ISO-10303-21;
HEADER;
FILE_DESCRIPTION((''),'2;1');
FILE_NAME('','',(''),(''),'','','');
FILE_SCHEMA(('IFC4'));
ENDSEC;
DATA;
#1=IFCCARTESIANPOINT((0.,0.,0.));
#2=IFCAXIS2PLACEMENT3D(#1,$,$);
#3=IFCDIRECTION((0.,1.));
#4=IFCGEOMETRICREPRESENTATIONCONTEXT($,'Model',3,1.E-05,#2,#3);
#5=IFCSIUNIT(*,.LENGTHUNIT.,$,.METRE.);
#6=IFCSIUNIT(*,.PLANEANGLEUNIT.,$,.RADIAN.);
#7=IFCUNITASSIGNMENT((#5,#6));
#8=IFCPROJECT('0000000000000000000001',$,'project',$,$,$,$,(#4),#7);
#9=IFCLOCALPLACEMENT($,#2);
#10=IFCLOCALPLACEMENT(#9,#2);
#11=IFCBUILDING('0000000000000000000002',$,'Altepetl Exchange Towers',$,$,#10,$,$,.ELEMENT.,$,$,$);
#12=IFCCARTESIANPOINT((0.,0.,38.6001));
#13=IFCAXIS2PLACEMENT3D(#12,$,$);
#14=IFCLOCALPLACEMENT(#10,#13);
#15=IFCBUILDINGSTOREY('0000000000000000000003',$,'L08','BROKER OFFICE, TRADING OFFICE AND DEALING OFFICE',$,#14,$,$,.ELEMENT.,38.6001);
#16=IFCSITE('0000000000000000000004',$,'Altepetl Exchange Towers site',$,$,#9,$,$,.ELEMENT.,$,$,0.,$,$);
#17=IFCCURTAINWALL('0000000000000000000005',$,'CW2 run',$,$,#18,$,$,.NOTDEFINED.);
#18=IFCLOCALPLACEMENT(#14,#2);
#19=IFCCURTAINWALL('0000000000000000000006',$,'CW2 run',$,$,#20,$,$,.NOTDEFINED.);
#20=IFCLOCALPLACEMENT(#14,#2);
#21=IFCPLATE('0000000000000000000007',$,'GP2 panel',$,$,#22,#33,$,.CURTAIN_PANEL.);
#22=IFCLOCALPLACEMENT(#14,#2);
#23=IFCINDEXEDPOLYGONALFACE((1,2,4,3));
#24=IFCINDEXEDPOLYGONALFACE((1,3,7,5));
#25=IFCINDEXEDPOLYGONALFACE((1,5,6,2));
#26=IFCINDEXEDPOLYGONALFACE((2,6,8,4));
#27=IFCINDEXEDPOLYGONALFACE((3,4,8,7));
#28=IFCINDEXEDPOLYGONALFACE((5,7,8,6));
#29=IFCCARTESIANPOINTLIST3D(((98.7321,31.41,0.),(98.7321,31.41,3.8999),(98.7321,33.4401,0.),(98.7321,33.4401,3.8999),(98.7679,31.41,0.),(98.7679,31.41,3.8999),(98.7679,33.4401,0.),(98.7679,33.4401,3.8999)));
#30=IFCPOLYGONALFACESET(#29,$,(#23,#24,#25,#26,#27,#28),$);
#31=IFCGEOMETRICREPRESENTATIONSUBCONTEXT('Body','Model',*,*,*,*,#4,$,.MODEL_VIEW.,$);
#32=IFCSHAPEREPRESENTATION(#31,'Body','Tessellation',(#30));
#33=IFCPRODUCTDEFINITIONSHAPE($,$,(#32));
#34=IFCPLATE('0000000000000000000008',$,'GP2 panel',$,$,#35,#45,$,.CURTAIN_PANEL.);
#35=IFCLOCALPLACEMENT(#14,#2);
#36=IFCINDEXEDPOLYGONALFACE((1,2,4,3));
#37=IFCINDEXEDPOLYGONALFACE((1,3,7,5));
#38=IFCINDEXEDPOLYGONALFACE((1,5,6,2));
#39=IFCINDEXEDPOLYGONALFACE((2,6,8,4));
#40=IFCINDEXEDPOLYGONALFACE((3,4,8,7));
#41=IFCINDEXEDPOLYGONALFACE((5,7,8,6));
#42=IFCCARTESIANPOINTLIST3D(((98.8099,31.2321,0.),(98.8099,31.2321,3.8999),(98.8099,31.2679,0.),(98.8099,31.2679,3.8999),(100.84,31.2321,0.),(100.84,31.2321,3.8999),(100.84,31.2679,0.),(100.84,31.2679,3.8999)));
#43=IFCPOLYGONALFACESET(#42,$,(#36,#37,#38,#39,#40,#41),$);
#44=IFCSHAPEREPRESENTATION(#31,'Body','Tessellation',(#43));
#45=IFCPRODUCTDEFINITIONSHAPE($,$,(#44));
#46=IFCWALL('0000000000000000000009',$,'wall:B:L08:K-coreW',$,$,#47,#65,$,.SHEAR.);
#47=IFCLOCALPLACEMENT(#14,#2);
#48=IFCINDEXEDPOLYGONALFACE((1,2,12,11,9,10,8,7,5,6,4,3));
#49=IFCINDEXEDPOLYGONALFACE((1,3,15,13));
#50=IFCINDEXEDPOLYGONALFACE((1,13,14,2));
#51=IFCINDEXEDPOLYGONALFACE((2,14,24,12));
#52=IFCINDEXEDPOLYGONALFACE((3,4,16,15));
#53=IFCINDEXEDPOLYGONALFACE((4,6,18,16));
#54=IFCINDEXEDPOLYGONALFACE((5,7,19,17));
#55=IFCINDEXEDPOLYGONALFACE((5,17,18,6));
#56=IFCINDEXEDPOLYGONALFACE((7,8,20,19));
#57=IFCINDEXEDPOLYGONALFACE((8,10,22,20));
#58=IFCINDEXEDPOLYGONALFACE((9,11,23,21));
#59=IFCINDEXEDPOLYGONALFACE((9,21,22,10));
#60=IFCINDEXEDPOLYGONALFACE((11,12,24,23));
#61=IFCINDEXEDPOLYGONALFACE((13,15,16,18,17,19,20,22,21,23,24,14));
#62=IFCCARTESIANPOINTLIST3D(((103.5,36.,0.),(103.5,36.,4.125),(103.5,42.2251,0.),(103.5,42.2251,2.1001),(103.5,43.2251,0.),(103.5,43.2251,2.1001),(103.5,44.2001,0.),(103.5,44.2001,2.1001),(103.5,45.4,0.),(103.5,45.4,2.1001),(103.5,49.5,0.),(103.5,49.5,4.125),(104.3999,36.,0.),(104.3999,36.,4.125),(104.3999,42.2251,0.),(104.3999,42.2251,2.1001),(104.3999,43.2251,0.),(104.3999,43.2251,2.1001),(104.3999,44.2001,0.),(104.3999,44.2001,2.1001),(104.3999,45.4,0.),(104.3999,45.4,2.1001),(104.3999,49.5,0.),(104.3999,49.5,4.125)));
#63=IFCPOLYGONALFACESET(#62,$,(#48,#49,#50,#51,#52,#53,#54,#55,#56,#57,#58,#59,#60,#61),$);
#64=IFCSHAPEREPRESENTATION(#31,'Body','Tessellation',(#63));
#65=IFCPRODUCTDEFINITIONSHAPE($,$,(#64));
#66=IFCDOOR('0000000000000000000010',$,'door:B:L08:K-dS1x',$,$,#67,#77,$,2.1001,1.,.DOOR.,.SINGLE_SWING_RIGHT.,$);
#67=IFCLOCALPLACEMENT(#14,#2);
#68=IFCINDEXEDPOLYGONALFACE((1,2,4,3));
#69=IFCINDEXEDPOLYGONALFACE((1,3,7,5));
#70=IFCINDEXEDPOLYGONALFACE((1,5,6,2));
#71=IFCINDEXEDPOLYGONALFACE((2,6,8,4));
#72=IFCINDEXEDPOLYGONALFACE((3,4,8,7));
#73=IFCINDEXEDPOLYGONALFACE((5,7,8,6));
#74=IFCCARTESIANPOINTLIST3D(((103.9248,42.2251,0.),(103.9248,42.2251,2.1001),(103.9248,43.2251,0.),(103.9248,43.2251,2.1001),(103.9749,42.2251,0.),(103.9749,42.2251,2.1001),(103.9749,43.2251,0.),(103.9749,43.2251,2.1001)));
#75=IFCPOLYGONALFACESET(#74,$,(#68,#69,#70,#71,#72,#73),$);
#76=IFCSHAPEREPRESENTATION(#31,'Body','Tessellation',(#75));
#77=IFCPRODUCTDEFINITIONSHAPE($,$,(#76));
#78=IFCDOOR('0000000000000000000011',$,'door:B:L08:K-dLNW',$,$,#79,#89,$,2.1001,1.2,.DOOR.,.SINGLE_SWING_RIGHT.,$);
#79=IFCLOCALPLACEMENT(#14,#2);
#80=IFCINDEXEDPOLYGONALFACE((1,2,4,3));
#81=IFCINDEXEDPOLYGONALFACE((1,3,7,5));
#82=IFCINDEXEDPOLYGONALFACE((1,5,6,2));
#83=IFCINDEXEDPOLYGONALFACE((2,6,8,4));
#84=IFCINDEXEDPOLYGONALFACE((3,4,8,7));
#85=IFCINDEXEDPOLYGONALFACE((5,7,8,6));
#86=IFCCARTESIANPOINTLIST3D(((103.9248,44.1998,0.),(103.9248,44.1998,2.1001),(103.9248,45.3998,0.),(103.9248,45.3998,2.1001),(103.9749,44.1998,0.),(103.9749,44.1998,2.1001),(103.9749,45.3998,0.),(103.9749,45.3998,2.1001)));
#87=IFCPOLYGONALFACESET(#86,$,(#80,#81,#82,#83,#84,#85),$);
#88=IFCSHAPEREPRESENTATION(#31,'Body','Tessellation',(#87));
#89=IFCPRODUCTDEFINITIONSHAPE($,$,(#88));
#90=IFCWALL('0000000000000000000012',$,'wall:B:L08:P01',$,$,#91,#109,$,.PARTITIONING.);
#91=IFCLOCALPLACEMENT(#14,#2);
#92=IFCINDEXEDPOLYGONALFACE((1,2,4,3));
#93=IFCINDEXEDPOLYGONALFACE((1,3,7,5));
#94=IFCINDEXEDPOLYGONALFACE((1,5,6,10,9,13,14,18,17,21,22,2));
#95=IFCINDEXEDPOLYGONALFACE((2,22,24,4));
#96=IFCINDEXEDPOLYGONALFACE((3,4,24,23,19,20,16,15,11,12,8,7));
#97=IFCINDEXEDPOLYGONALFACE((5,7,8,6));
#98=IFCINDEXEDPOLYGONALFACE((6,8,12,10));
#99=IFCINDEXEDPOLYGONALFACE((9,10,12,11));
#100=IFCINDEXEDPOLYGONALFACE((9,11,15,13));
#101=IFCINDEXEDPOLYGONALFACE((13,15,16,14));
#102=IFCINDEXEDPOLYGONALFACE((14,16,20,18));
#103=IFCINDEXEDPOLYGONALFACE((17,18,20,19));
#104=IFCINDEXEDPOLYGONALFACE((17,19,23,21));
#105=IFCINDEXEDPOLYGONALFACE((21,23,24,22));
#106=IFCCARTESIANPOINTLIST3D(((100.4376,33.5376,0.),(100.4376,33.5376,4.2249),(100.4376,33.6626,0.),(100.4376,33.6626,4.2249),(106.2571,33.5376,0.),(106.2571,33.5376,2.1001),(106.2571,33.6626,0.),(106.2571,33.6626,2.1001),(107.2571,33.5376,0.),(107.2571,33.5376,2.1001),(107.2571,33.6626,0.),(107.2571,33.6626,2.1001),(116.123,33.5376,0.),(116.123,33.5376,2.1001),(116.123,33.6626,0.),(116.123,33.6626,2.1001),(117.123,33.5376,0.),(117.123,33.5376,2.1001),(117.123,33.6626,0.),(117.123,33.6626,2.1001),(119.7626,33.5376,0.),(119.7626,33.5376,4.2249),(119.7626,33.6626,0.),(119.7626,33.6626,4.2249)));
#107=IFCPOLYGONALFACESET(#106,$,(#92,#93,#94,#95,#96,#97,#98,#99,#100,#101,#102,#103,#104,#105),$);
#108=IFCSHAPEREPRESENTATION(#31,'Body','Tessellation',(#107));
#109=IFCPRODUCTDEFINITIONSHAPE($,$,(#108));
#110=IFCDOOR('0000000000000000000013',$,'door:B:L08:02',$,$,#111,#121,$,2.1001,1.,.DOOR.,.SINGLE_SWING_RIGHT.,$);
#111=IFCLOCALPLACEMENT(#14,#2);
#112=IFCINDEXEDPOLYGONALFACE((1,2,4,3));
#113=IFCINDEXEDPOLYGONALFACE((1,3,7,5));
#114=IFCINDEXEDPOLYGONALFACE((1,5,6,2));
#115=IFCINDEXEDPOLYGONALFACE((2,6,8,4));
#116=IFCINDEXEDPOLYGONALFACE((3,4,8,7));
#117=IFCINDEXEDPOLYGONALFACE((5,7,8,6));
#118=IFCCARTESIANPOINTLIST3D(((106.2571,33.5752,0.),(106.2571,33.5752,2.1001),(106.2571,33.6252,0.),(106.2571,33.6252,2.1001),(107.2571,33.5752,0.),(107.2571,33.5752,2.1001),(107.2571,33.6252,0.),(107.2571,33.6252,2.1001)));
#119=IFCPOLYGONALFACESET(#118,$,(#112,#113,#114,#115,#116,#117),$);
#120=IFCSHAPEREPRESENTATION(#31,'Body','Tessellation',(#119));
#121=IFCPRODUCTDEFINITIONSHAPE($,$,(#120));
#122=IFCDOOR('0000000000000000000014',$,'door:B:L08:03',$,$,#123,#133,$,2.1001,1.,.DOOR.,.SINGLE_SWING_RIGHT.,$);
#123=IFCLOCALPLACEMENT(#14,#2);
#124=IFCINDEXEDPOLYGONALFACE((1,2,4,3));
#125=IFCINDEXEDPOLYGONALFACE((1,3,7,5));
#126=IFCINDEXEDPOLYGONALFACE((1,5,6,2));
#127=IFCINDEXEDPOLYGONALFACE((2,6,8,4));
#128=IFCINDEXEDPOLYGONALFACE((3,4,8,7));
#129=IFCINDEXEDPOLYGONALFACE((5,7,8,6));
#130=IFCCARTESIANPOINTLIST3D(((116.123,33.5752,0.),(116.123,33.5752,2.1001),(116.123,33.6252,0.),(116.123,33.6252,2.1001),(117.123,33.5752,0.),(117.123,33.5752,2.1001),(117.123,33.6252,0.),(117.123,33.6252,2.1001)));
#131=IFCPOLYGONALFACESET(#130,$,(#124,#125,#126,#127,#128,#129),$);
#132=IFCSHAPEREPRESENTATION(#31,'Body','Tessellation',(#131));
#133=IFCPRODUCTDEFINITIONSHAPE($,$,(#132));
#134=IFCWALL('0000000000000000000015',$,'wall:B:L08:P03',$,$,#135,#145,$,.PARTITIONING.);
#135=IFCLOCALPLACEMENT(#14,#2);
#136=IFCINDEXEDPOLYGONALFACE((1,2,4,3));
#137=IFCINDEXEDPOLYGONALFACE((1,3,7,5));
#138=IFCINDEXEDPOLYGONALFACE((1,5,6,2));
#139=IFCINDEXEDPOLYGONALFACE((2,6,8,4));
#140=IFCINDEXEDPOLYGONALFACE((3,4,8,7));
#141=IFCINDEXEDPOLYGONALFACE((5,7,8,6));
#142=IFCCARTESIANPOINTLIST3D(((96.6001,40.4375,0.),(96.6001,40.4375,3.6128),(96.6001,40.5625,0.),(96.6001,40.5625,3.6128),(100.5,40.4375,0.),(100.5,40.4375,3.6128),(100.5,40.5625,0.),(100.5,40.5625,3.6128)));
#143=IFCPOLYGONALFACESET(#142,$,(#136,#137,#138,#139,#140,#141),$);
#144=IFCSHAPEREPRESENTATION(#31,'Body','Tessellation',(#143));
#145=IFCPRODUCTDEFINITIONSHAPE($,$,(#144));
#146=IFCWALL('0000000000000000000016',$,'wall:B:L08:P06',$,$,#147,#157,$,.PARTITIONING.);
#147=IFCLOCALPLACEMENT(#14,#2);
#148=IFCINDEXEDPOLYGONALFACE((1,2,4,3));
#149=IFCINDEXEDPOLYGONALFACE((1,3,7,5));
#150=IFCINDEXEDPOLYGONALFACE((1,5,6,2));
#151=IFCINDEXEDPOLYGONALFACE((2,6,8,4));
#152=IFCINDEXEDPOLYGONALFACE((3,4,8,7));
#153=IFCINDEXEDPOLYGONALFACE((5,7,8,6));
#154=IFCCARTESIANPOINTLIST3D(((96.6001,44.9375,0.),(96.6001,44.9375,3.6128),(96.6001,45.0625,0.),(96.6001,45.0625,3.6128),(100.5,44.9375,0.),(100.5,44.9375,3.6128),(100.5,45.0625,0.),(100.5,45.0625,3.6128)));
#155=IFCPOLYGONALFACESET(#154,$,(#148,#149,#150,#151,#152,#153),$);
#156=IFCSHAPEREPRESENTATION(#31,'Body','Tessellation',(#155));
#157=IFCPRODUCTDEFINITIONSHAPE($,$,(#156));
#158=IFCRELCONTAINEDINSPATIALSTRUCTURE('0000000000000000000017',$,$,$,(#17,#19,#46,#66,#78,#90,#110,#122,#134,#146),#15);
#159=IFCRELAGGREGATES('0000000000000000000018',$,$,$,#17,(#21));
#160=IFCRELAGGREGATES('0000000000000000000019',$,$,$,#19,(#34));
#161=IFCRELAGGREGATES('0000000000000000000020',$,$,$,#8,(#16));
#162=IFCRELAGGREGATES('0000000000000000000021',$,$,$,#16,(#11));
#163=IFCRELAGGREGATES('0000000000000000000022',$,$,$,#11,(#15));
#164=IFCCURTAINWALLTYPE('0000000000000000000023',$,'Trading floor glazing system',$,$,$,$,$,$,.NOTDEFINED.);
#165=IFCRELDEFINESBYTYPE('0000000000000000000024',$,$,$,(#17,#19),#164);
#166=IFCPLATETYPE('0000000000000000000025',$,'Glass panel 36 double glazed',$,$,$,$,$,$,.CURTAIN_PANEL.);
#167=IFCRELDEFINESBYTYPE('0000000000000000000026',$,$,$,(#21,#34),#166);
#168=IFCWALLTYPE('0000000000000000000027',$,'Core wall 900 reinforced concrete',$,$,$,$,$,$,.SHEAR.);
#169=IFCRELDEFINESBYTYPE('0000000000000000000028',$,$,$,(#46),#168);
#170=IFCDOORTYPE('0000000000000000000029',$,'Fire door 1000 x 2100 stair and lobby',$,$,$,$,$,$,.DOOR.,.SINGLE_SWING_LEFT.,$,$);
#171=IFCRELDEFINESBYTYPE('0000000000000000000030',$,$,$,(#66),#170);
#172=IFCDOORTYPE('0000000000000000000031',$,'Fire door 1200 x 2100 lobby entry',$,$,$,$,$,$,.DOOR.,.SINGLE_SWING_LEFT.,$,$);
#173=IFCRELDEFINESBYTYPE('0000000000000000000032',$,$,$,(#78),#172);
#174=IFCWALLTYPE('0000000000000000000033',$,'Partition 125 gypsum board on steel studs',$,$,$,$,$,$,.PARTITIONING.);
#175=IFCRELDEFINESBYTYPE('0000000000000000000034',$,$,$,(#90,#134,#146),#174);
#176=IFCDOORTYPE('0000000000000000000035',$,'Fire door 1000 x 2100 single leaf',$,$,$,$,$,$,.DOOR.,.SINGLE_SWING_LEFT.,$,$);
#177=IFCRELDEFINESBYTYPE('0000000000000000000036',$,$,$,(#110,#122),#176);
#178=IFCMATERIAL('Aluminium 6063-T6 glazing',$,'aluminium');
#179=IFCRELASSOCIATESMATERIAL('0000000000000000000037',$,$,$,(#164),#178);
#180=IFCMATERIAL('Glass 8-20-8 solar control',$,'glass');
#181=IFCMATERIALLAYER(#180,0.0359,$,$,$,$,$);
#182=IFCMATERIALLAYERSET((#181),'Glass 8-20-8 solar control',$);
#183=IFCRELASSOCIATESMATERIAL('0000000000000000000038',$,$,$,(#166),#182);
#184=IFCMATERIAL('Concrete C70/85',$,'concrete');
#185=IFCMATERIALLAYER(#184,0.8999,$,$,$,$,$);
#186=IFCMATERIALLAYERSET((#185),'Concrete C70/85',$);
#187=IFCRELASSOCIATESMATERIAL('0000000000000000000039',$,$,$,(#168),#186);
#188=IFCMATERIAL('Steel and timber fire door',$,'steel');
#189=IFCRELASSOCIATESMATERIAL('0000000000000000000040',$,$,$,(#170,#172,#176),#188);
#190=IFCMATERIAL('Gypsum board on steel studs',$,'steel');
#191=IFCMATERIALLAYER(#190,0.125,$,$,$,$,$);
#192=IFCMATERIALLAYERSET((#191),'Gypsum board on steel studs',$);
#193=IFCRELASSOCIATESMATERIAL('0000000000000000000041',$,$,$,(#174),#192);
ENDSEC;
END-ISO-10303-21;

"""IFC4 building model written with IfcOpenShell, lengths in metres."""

from ifc_helpers import new_model, si_unit, direction, frame, frame_2d, origin, origin_2d, place, context, subcontext, project, spatial, rectangle, extrude, material, layer, layer_set, type_object, element, fill, aggregate, save


model = new_model("IFC4")

# Units and contexts
model_context = context("Model", 3, precision=1e-05, world=origin(), true_north=direction((0.0, 1.0)))
body_context = subcontext(model_context, "Body", "Model", "MODEL_VIEW")
ifc_project = project(units=[si_unit("LENGTHUNIT", "METRE"), si_unit("PLANEANGLEUNIT", "RADIAN")], contexts=[model_context])

# Site, building, storey
site_placement = place(None, origin())
site = spatial("IfcSite", under=ifc_project, at=site_placement, Name="Altepetl Exchange Towers site", CompositionType="ELEMENT", RefElevation=0.0)
building_placement = place(site_placement, origin())
building = spatial("IfcBuilding", under=site, at=building_placement, Name="Altepetl Exchange Towers", CompositionType="ELEMENT")
storey_placement = place(building_placement, frame((0.0, 0.0, 38.6001)))
storey = spatial("IfcBuildingStorey", under=building, at=storey_placement, Name="L08", Description="BROKER OFFICE, TRADING OFFICE AND DEALING OFFICE", CompositionType="ELEMENT", Elevation=38.6001)

# Shared definitions
ifc_material_1 = material(Name="Concrete C70/85", Category="concrete")

# Shared definitions
ifc_material_2 = material(Name="Aluminium 6063-T6 glazing", Category="aluminium")
curtain_wall_type = type_object("IfcCurtainWallType", Name="Trading floor glazing system", PredefinedType="NOTDEFINED", material=ifc_material_2)

# Curtain wall
curtain_wall_1_placement = place(storey_placement, origin())
curtain_wall_1 = element("IfcCurtainWall", 1, at=curtain_wall_1_placement, inside=storey, type_object=curtain_wall_type, Name="CW2 run", PredefinedType="NOTDEFINED")

# Curtain wall
curtain_wall_2_placement = place(storey_placement, origin())
curtain_wall_2 = element("IfcCurtainWall", 2, at=curtain_wall_2_placement, inside=storey, type_object=curtain_wall_type, Name="CW2 run", PredefinedType="NOTDEFINED")

# Plates
ifc_material_3 = material(Name="Glass 8-20-8 solar control", Category="glass")
ifc_layer_1 = layer(ifc_material_3, 0.0359)
ifc_layer_set_1 = layer_set([ifc_layer_1], Name="Glass 8-20-8 solar control")
plate_type = type_object("IfcPlateType", Name="Glass panel 36 double glazed", PredefinedType="CURTAIN_PANEL", material=ifc_layer_set_1)
plate_1_placement = place(storey_placement, frame((98.75, 32.425, 0.0), z_axis=(0.0, 0.0, 1.0), x_axis=(0.0, -1.0, 0.0)))
plate_1 = element("IfcPlate", 3, at=plate_1_placement, type_object=plate_type, Name="GP2 panel", PredefinedType="CURTAIN_PANEL", context=body_context, shape_type="SweptSolid", body=[
    extrude(rectangle(XDim=2.03, YDim=0.0359, at=origin_2d()), origin(), (0.0, 0.0, 1.0), 3.8999),
])
aggregate(curtain_wall_1, [plate_1])
plate_2_placement = place(storey_placement, frame((99.825, 31.25, 0.0)))
plate_2 = element("IfcPlate", 4, at=plate_2_placement, type_object=plate_type, Name="GP2 panel", PredefinedType="CURTAIN_PANEL", context=body_context, shape_type="SweptSolid", body=[
    extrude(rectangle(XDim=2.03, YDim=0.0359, at=origin_2d()), origin(), (0.0, 0.0, 1.0), 3.8999),
])
aggregate(curtain_wall_2, [plate_2])

# Walls, openings, doors
ifc_layer_2 = layer(ifc_material_1, 0.8999)
ifc_layer_set_2 = layer_set([ifc_layer_2], Name="Concrete C70/85")
wall_type_1 = type_object("IfcWallType", Name="Core wall 900 reinforced concrete", PredefinedType="SHEAR", material=ifc_layer_set_2)
wall_1_placement = place(storey_placement, frame((103.95, 36.0, 0.0), z_axis=(0.0, 0.0, 1.0), x_axis=(0.0, 1.0, 0.0)))
wall_1 = element("IfcWall", 5, at=wall_1_placement, inside=storey, type_object=wall_type_1, Name="wall:B:L08:K-coreW", PredefinedType="SHEAR", context=body_context, shape_type="SweptSolid", body=[
    extrude(rectangle(XDim=13.5, YDim=0.8999, at=frame_2d((6.75, 0.0))), origin(), (0.0, 0.0, 1.0), 4.125),
])
opening_1_placement = place(wall_1_placement, frame((8.2, 0.0, 0.0)))
opening_1 = element("IfcOpeningElement", 6, at=opening_1_placement, cuts=wall_1, PredefinedType="OPENING", context=body_context, shape_type="SweptSolid", body=[
    extrude(rectangle(XDim=1.2, YDim=2.1001, at=frame_2d((0.6001, 1.05))), frame((0.0, 0.46, 0.0), z_axis=(0.0, -1.0, 0.0), x_axis=(1.0, 0.0, 0.0)), (0.0, 0.0, 1.0), 0.9199),
])
opening_2_placement = place(wall_1_placement, frame((6.2251, 0.0, 0.0)))
opening_2 = element("IfcOpeningElement", 7, at=opening_2_placement, cuts=wall_1, PredefinedType="OPENING", context=body_context, shape_type="SweptSolid", body=[
    extrude(rectangle(XDim=1.0, YDim=2.1001, at=frame_2d((0.5, 1.05))), frame((0.0, 0.46, 0.0), z_axis=(0.0, -1.0, 0.0), x_axis=(1.0, 0.0, 0.0)), (0.0, 0.0, 1.0), 0.9199),
])
ifc_material_4 = material(Name="Steel and timber fire door", Category="steel")
door_type_1 = type_object("IfcDoorType", Name="Fire door 1000 x 2100 stair and lobby", OperationType="SINGLE_SWING_LEFT", PredefinedType="DOOR", material=ifc_material_4)
door_1_placement = place(opening_2_placement, frame((1.0, 0.0, 0.0), x_axis=(-1.0, 0.0, 0.0)))
door_1 = element("IfcDoor", 8, at=door_1_placement, inside=storey, type_object=door_type_1, Name="door:B:L08:K-dS1x", OperationType="SINGLE_SWING_RIGHT", OverallHeight=2.1001, OverallWidth=1.0, PredefinedType="DOOR", context=body_context, shape_type="SweptSolid", body=[
    extrude(rectangle(XDim=1.0, YDim=2.1001, at=frame_2d((0.5, 1.05))), frame((0.0, 0.0249, 0.0), z_axis=(0.0, -1.0, 0.0), x_axis=(1.0, 0.0, 0.0)), (0.0, 0.0, 1.0), 0.05),
])
fill(opening_2, door_1)
door_type_2 = type_object("IfcDoorType", Name="Fire door 1200 x 2100 lobby entry", OperationType="SINGLE_SWING_LEFT", PredefinedType="DOOR", material=ifc_material_4)
door_2_placement = place(opening_1_placement, frame((1.2, 0.0, 0.0), x_axis=(-1.0, 0.0, 0.0)))
door_2 = element("IfcDoor", 9, at=door_2_placement, inside=storey, type_object=door_type_2, Name="door:B:L08:K-dLNW", OperationType="SINGLE_SWING_RIGHT", OverallHeight=2.1001, OverallWidth=1.2, PredefinedType="DOOR", context=body_context, shape_type="SweptSolid", body=[
    extrude(rectangle(XDim=1.2, YDim=2.1001, at=frame_2d((0.6001, 1.05))), frame((0.0, 0.0249, 0.0), z_axis=(0.0, -1.0, 0.0), x_axis=(1.0, 0.0, 0.0)), (0.0, 0.0, 1.0), 0.05),
])
fill(opening_1, door_2)
ifc_material_5 = material(Name="Gypsum board on steel studs", Category="steel")
ifc_layer_3 = layer(ifc_material_5, 0.125)
ifc_layer_set_3 = layer_set([ifc_layer_3], Name="Gypsum board on steel studs")
wall_type_2 = type_object("IfcWallType", Name="Partition 125 gypsum board on steel studs", PredefinedType="PARTITIONING", material=ifc_layer_set_3)
wall_2_placement = place(storey_placement, frame((100.4375, 33.6001, 0.0)))
wall_2 = element("IfcWall", 10, at=wall_2_placement, inside=storey, type_object=wall_type_2, Name="wall:B:L08:P01", PredefinedType="PARTITIONING", context=body_context, shape_type="SweptSolid", body=[
    extrude(rectangle(XDim=19.325, YDim=0.125, at=frame_2d((9.6626, 0.0))), origin(), (0.0, 0.0, 1.0), 4.2249),
])
opening_3_placement = place(wall_2_placement, frame((5.8196, 0.0, 0.0)))
opening_3 = element("IfcOpeningElement", 11, at=opening_3_placement, cuts=wall_2, PredefinedType="OPENING", context=body_context, shape_type="SweptSolid", body=[
    extrude(rectangle(XDim=1.0, YDim=2.1001, at=frame_2d((0.5, 1.05))), frame((0.0, 0.0725, 0.0), z_axis=(0.0, -1.0, 0.0), x_axis=(1.0, 0.0, 0.0)), (0.0, 0.0, 1.0), 0.145),
])
opening_4_placement = place(wall_2_placement, frame((15.6855, 0.0, 0.0)))
opening_4 = element("IfcOpeningElement", 12, at=opening_4_placement, cuts=wall_2, PredefinedType="OPENING", context=body_context, shape_type="SweptSolid", body=[
    extrude(rectangle(XDim=1.0, YDim=2.1001, at=frame_2d((0.5, 1.05))), frame((0.0, 0.0725, 0.0), z_axis=(0.0, -1.0, 0.0), x_axis=(1.0, 0.0, 0.0)), (0.0, 0.0, 1.0), 0.145),
])
door_type_3 = type_object("IfcDoorType", Name="Fire door 1000 x 2100 single leaf", OperationType="SINGLE_SWING_LEFT", PredefinedType="DOOR", material=ifc_material_4)
door_3_placement = place(opening_3_placement, frame((1.0, 0.0, 0.0), x_axis=(-1.0, 0.0, 0.0)))
door_3 = element("IfcDoor", 13, at=door_3_placement, inside=storey, type_object=door_type_3, Name="door:B:L08:02", OperationType="SINGLE_SWING_RIGHT", OverallHeight=2.1001, OverallWidth=1.0, PredefinedType="DOOR", context=body_context, shape_type="SweptSolid", body=[
    extrude(rectangle(XDim=1.0, YDim=2.1001, at=frame_2d((0.5, 1.05))), frame((0.0, 0.0249, 0.0), z_axis=(0.0, -1.0, 0.0), x_axis=(1.0, 0.0, 0.0)), (0.0, 0.0, 1.0), 0.05),
])
fill(opening_3, door_3)
door_4_placement = place(opening_4_placement, frame((1.0, 0.0, 0.0), x_axis=(-1.0, 0.0, 0.0)))
door_4 = element("IfcDoor", 14, at=door_4_placement, inside=storey, type_object=door_type_3, Name="door:B:L08:03", OperationType="SINGLE_SWING_RIGHT", OverallHeight=2.1001, OverallWidth=1.0, PredefinedType="DOOR", context=body_context, shape_type="SweptSolid", body=[
    extrude(rectangle(XDim=1.0, YDim=2.1001, at=frame_2d((0.5, 1.05))), frame((0.0, 0.0249, 0.0), z_axis=(0.0, -1.0, 0.0), x_axis=(1.0, 0.0, 0.0)), (0.0, 0.0, 1.0), 0.05),
])
fill(opening_4, door_4)

# Walls
for number, where, name in (
    (15, (96.6001, 40.5, 0.0), "wall:B:L08:P03"),
    (16, (96.6001, 45.0, 0.0), "wall:B:L08:P06"),
):
    element("IfcWall", number, at=place(storey_placement, frame(where)), inside=storey, type_object=wall_type_2, Name=name, PredefinedType="PARTITIONING", context=body_context, shape_type="SweptSolid", body=[
        extrude(rectangle(XDim=3.8999, YDim=0.125, at=frame_2d((1.95, 0.0))), origin(), (0.0, 0.0, 1.0), 3.6128),
    ])

save(model, "model.ifc")
